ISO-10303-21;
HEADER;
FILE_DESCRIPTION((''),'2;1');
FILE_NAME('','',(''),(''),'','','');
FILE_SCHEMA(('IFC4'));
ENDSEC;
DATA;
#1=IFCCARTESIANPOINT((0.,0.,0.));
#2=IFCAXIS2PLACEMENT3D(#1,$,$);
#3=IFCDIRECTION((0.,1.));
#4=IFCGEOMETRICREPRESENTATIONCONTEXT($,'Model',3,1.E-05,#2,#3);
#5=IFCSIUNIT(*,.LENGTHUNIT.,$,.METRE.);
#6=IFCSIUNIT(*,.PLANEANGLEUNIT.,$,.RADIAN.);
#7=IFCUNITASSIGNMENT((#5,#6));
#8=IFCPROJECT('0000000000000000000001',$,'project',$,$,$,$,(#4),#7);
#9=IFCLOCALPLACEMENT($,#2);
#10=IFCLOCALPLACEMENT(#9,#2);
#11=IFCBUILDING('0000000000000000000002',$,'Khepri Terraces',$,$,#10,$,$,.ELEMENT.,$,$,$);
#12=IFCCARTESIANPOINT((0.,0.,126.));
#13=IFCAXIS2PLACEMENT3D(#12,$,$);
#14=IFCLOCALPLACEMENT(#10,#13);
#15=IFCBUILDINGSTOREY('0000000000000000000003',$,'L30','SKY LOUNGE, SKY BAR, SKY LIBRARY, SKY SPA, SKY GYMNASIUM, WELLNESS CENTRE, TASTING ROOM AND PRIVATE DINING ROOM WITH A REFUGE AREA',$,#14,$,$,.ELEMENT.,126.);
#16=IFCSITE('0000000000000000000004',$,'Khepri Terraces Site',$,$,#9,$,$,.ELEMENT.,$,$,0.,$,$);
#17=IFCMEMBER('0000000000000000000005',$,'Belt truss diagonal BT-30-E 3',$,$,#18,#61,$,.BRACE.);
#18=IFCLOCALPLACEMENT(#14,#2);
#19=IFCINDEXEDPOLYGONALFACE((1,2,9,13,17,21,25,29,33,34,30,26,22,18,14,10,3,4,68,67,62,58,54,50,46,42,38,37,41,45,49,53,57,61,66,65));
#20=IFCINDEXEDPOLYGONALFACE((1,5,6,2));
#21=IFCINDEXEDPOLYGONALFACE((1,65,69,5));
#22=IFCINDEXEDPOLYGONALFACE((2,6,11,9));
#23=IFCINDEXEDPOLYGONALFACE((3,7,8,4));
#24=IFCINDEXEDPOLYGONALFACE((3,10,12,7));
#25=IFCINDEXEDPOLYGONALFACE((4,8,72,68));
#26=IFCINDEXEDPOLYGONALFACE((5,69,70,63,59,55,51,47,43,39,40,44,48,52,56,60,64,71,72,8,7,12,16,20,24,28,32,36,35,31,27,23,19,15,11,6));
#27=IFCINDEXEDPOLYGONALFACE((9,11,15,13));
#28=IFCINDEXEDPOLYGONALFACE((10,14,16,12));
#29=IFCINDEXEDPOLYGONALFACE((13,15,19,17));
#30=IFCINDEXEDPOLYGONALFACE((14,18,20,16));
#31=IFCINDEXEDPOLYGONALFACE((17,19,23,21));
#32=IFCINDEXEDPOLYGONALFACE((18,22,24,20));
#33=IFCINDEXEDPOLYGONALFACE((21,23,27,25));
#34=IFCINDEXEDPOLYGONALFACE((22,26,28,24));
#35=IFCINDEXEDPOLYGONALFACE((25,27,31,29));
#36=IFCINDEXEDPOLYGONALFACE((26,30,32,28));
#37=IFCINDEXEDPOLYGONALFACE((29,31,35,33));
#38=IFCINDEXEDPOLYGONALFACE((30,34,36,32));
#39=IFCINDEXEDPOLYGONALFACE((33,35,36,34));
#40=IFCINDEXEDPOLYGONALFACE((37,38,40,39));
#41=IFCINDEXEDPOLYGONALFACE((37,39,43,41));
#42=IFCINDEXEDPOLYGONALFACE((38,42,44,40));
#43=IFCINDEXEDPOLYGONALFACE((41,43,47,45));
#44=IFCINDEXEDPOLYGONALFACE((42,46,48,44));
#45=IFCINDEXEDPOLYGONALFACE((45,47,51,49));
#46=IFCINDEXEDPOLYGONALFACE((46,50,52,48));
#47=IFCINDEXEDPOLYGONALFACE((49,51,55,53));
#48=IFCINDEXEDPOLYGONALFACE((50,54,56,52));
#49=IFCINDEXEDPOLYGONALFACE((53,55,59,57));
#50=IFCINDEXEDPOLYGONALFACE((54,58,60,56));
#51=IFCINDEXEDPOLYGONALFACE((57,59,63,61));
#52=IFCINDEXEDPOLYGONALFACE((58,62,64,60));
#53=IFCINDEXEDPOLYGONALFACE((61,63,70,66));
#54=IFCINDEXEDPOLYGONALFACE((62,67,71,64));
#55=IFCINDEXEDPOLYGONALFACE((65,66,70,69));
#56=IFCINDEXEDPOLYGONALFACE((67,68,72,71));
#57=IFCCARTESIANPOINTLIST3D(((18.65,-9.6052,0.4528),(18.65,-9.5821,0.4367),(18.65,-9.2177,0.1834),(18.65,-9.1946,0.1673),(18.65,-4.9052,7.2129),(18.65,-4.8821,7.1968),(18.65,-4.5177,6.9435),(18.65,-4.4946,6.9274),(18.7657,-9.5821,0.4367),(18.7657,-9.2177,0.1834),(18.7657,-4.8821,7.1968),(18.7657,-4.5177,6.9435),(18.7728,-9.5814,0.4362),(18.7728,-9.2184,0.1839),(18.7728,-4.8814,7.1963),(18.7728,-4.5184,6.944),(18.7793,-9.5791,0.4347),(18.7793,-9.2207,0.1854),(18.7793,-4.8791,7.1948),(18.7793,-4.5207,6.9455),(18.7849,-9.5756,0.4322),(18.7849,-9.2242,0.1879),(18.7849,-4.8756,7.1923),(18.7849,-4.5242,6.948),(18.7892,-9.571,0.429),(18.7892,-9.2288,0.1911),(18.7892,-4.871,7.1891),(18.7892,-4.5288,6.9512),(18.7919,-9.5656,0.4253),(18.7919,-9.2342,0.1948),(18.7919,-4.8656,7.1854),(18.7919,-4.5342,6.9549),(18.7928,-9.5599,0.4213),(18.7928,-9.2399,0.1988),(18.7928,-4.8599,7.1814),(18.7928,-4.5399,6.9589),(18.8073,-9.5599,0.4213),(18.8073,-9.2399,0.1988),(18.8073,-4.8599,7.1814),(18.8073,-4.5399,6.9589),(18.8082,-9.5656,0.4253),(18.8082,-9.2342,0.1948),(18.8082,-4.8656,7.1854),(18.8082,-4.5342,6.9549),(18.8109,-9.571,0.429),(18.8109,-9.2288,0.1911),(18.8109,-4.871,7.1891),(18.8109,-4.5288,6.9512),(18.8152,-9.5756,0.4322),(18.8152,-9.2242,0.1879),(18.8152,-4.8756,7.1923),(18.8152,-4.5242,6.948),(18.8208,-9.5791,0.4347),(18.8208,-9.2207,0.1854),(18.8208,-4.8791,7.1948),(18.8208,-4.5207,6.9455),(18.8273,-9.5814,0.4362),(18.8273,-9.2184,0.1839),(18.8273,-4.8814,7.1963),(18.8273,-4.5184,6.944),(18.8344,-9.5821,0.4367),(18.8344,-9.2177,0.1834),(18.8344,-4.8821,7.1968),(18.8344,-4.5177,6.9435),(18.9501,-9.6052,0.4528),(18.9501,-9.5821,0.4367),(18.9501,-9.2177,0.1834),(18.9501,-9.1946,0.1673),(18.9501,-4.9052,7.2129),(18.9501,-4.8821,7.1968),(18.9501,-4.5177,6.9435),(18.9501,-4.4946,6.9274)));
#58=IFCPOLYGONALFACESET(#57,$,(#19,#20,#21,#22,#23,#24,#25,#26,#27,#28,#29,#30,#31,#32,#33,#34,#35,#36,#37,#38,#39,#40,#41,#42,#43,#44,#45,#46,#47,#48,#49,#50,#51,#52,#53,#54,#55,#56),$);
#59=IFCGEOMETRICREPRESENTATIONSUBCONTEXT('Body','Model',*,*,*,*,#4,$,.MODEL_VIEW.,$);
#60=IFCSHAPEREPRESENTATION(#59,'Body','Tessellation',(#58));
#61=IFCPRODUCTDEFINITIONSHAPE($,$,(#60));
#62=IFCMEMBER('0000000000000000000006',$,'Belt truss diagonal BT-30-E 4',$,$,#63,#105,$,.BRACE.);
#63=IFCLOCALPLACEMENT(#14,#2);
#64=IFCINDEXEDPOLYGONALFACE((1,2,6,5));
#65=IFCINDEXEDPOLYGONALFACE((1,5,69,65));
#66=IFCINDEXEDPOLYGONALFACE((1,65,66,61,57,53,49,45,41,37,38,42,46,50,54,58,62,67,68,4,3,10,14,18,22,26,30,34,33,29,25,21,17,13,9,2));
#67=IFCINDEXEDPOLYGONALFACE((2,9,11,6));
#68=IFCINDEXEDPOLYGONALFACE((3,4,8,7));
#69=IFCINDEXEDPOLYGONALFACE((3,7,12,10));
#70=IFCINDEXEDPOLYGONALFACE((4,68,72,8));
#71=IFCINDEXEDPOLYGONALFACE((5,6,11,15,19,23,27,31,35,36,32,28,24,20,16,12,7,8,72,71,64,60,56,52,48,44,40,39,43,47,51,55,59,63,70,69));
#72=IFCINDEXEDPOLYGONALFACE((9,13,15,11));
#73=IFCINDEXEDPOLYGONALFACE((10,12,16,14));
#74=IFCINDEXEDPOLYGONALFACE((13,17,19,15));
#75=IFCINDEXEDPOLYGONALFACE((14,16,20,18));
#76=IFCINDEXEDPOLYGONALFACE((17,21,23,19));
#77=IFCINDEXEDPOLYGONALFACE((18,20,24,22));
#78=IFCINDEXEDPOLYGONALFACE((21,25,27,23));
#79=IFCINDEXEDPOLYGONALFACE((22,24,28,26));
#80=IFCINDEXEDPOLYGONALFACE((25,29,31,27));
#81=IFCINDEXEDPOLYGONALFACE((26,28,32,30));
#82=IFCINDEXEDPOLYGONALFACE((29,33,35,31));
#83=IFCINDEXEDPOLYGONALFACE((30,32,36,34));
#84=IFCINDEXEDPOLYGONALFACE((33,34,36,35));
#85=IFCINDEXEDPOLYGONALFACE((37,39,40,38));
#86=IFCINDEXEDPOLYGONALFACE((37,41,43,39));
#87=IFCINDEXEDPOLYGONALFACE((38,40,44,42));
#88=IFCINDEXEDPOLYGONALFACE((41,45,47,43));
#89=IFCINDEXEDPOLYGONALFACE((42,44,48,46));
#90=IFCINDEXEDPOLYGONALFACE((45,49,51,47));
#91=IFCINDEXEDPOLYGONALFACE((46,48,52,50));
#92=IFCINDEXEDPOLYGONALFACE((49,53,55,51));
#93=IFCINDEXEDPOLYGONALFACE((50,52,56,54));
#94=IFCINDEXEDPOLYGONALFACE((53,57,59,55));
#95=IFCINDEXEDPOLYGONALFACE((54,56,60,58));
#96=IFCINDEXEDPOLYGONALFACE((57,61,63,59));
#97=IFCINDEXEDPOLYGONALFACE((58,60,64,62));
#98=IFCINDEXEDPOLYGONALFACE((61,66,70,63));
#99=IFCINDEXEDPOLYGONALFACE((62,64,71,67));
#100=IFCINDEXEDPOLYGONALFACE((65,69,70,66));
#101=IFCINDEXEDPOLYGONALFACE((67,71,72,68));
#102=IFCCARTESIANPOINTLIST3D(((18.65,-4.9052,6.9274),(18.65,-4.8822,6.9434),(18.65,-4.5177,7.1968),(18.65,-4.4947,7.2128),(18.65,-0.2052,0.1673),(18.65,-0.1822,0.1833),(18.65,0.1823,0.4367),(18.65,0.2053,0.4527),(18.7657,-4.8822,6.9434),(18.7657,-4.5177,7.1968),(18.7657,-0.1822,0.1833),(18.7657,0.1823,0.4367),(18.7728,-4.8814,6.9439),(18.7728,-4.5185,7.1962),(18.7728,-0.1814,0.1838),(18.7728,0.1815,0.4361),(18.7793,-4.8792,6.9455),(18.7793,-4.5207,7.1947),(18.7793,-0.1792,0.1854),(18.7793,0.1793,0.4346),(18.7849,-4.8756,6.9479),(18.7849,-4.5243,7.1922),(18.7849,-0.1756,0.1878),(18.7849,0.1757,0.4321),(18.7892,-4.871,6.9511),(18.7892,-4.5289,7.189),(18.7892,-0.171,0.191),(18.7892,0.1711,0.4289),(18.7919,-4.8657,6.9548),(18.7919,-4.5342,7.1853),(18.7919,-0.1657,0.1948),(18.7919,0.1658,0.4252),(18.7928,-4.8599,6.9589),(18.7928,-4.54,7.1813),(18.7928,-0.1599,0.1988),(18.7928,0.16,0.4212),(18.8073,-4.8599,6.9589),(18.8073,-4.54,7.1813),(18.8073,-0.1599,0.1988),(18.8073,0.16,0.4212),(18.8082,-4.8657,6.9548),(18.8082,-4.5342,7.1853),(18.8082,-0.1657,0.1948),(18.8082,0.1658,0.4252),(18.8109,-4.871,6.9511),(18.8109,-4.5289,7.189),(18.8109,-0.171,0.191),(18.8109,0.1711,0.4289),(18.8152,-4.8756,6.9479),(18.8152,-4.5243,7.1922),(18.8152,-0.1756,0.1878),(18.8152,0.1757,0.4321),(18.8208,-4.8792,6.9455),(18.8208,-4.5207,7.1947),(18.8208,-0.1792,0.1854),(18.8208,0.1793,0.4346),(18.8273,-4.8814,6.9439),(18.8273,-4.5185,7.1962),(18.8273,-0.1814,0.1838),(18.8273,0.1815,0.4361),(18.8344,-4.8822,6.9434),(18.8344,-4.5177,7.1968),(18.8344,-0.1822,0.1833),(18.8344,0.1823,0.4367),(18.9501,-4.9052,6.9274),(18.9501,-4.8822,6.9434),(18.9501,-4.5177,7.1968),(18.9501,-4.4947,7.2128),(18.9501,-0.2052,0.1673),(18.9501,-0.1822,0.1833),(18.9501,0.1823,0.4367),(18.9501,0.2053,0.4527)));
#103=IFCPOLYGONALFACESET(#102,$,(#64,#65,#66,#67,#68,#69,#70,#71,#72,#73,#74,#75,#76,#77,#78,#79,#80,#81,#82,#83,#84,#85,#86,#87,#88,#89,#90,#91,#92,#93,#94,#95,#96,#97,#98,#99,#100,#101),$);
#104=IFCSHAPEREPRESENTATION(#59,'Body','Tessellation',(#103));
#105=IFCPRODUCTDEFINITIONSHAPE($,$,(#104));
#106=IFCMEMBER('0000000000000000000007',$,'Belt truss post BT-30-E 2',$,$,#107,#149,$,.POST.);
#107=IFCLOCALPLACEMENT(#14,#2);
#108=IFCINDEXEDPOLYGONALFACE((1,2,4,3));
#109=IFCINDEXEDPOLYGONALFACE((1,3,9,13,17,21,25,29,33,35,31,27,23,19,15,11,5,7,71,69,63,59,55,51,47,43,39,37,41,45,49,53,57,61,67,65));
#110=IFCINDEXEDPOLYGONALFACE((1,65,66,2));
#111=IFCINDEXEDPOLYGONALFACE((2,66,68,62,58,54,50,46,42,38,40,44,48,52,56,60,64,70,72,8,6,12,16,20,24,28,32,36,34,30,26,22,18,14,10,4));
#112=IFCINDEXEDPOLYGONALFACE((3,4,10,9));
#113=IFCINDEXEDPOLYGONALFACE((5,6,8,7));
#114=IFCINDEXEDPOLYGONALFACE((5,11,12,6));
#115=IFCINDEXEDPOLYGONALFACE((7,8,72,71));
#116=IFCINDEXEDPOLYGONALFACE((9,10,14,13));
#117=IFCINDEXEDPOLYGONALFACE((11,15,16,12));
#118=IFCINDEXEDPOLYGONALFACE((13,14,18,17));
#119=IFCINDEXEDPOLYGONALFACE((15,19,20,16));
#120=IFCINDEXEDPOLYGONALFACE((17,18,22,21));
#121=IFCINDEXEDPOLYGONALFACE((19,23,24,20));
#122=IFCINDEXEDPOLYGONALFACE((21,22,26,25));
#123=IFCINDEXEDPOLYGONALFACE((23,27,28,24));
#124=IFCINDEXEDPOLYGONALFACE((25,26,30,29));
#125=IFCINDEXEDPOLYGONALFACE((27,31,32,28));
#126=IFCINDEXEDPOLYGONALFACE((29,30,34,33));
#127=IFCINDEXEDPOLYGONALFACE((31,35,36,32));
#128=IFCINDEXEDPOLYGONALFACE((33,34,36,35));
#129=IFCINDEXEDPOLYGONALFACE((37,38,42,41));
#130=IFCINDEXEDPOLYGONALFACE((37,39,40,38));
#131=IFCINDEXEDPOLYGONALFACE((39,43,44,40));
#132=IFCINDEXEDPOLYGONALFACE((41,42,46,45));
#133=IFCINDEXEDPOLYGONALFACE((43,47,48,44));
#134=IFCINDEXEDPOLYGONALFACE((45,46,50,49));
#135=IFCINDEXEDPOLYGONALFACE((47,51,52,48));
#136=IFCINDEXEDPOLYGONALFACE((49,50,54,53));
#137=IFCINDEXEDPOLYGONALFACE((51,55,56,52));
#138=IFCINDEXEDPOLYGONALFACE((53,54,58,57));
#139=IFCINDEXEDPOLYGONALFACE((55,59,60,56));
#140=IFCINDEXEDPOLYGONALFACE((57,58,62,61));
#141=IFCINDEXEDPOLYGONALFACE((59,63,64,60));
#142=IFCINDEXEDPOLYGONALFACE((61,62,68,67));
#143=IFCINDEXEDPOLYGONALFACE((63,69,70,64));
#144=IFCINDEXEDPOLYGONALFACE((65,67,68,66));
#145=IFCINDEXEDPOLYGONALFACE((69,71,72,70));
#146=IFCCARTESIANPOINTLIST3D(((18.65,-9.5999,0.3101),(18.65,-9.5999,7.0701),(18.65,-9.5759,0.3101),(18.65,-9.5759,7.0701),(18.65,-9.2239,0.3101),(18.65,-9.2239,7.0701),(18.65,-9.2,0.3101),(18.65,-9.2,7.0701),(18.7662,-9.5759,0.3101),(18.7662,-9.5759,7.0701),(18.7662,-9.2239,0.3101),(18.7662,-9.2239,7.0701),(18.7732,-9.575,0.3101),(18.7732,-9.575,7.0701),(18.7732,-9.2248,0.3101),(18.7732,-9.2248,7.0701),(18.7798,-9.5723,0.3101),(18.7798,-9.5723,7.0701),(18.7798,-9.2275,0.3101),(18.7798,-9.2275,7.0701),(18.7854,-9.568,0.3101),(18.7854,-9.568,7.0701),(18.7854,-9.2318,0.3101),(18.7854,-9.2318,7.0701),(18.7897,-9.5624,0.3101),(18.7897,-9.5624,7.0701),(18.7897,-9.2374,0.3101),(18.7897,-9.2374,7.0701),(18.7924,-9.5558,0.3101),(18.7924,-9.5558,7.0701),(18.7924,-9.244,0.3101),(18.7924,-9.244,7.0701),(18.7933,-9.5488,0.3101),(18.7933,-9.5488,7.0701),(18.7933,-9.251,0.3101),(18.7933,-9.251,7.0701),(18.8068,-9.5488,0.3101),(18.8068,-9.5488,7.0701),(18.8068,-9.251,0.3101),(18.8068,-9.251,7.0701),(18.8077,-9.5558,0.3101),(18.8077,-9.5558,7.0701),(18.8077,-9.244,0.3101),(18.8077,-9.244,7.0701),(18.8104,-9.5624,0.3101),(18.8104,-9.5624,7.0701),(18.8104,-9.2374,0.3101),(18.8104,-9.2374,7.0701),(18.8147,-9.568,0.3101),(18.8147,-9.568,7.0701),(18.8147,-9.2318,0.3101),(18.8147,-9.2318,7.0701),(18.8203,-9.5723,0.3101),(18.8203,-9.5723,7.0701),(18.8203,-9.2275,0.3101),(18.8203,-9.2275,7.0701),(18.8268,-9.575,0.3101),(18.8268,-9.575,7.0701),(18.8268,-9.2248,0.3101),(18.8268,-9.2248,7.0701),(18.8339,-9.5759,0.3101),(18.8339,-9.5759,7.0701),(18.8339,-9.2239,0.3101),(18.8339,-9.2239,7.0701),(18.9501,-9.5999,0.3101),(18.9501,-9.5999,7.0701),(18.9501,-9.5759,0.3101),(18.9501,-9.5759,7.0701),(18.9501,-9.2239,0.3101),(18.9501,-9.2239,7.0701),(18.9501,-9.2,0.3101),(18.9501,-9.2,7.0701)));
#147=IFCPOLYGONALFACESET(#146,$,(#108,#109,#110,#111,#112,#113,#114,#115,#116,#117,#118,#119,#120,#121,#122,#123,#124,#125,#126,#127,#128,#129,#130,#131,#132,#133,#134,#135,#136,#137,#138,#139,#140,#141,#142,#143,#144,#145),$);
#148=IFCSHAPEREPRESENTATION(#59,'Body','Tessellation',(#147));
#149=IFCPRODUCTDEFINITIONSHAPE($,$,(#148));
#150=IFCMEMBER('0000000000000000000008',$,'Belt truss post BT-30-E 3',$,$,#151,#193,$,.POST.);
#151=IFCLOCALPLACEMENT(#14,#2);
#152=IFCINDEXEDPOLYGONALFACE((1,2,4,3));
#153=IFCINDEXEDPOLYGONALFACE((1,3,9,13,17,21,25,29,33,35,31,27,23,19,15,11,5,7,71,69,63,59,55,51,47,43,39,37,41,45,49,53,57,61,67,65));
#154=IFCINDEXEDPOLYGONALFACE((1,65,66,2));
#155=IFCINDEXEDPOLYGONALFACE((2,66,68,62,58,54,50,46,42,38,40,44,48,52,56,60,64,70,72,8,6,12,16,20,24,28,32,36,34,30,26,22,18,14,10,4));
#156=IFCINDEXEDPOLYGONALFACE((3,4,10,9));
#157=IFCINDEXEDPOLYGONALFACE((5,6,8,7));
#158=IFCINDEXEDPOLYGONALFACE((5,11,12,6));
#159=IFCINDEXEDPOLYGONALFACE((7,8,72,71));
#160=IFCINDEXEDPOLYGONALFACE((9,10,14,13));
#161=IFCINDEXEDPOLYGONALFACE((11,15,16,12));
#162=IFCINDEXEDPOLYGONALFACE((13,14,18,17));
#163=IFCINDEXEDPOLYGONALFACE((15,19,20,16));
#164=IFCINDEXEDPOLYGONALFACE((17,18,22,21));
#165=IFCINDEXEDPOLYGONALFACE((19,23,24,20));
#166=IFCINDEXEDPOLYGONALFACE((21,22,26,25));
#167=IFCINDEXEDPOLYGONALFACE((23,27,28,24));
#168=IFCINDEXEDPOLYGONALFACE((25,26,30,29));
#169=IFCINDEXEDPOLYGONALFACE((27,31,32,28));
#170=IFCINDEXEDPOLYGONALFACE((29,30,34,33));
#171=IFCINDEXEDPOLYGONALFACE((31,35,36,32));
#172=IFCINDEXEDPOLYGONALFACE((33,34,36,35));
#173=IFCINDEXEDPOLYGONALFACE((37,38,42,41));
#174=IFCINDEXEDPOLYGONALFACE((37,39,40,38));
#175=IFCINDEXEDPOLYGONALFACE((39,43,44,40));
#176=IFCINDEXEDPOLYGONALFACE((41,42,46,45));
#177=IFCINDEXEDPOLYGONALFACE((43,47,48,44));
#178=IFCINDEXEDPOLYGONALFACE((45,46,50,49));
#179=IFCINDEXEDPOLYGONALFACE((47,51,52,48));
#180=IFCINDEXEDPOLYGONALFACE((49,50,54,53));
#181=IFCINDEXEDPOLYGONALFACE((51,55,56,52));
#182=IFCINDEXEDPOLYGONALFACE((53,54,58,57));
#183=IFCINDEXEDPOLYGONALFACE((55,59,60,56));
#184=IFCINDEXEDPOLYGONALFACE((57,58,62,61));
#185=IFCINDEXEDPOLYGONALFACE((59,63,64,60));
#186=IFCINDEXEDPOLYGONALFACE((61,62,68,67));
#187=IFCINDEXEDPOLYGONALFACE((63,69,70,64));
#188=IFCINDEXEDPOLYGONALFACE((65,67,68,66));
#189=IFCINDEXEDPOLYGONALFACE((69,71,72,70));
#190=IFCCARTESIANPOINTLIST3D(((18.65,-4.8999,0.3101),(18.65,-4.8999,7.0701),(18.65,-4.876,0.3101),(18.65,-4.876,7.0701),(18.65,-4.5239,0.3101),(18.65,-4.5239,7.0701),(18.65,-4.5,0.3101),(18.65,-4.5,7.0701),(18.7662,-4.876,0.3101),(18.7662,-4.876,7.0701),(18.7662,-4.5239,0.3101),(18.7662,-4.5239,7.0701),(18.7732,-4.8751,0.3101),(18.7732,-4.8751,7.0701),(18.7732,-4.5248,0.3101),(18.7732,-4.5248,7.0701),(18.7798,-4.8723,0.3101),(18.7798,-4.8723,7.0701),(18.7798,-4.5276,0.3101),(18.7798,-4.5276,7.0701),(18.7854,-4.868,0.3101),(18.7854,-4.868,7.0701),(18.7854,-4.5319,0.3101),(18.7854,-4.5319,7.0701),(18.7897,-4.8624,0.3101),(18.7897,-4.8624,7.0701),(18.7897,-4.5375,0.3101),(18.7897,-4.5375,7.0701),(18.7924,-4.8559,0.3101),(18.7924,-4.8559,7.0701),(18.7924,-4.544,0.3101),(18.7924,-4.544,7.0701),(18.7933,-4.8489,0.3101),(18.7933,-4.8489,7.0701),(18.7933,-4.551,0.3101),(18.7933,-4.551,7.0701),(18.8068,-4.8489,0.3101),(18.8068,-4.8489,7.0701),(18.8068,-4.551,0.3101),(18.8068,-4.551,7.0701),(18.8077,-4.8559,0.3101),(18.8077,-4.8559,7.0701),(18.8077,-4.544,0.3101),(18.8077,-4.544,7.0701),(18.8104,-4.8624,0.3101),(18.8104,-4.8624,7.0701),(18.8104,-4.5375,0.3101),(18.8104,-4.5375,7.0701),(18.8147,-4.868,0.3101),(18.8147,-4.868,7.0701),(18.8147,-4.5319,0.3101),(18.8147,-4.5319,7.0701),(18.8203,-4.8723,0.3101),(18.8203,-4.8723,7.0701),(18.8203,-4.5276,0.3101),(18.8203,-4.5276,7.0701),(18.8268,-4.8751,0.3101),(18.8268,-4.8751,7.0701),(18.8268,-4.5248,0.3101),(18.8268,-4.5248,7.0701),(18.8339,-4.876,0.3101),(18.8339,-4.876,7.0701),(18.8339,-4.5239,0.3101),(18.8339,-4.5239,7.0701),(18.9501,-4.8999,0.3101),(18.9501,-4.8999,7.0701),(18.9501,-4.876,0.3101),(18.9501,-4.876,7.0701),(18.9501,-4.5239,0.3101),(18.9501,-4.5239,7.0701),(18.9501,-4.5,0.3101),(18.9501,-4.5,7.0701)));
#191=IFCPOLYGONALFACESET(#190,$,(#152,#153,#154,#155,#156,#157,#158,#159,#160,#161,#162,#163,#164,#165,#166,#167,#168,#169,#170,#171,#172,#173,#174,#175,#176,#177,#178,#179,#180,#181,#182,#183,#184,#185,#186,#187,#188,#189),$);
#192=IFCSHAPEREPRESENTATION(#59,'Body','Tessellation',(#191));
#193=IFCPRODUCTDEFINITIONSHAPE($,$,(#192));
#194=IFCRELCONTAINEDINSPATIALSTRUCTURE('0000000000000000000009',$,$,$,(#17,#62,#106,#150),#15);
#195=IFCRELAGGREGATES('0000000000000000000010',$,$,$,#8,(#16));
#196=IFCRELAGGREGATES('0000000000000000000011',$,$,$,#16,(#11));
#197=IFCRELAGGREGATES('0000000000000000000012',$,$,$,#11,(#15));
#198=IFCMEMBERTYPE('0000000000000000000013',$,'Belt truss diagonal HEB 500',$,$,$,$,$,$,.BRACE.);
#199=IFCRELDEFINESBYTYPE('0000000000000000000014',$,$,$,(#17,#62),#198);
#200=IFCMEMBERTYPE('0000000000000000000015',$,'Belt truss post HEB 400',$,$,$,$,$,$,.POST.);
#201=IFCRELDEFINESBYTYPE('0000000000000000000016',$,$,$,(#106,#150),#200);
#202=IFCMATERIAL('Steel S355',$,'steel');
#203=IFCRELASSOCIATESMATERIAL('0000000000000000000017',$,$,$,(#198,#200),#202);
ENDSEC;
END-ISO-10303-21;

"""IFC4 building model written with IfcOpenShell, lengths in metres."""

from ifc_helpers import new_model, si_unit, direction, frame, origin, origin_2d, place, context, subcontext, project, spatial, i_section, extrude, material, material_profile, profile_set, type_object, element, save


model = new_model("IFC4")

# Units and contexts
model_context = context("Model", 3, precision=1e-05, world=origin(), true_north=direction((0.0, 1.0)))
body_context = subcontext(model_context, "Body", "Model", "MODEL_VIEW")
ifc_project = project(units=[si_unit("LENGTHUNIT", "METRE"), si_unit("PLANEANGLEUNIT", "RADIAN")], contexts=[model_context])

# Site, building, storey
site_placement = place(None, origin())
site = spatial("IfcSite", under=ifc_project, at=site_placement, Name="Khepri Terraces Site", CompositionType="ELEMENT", RefElevation=0.0)
building_placement = place(site_placement, origin())
building = spatial("IfcBuilding", under=site, at=building_placement, Name="Khepri Terraces", CompositionType="ELEMENT")
storey_placement = place(building_placement, frame((0.0, 0.0, 126.0)))
storey = spatial("IfcBuildingStorey", under=building, at=storey_placement, Name="L30", Description="SKY LOUNGE, SKY BAR, SKY LIBRARY, SKY SPA, SKY GYMNASIUM, WELLNESS CENTRE, TASTING ROOM AND PRIVATE DINING ROOM WITH A REFUGE AREA", CompositionType="ELEMENT", Elevation=126.0)

# Members
ifc_material_1 = material(Name="Steel S355", Category="steel")
ifc_material_profile_1 = material_profile(ifc_material_1, i_section(OverallWidth=0.3, OverallDepth=0.5, WebThickness=0.0144, FlangeThickness=0.0281, FilletRadius=0.0271, at=origin_2d()), Name="Steel S355", Category="steel")
ifc_profile_set_1 = profile_set([ifc_material_profile_1], Name="Steel S355")
member_type_1 = type_object("IfcMemberType", Name="Belt truss diagonal HEB 500", PredefinedType="BRACE", material=ifc_profile_set_1)
for number, where, z_axis, x_axis, name in (
    (1, (18.8, -9.3999, 0.3101), (0.0, 0.570846, 0.821057), (-1.0, 0.0, 0.0), "Belt truss diagonal BT-30-E 3"),
    (2, (18.8, -4.7, 7.0701), (0.0, 0.570846, -0.821057), (-1.0, 0.0, 0.0), "Belt truss diagonal BT-30-E 4"),
):
    element("IfcMember", number, at=place(storey_placement, frame(where, z_axis=z_axis, x_axis=x_axis)), inside=storey, type_object=member_type_1, Name=name, PredefinedType="BRACE", context=body_context, shape_type="SweptSolid", body=[
        extrude(i_section(OverallWidth=0.3, OverallDepth=0.5, WebThickness=0.0144, FlangeThickness=0.0281, FilletRadius=0.0271, at=origin_2d()), origin(), (0.0, 0.0, 1.0), 8.2334),
    ])
ifc_material_profile_2 = material_profile(ifc_material_1, i_section(OverallWidth=0.3, OverallDepth=0.3999, WebThickness=0.0134, FlangeThickness=0.0239, FilletRadius=0.0271, at=origin_2d()), Name="Steel S355", Category="steel")
ifc_profile_set_2 = profile_set([ifc_material_profile_2], Name="Steel S355")
member_type_2 = type_object("IfcMemberType", Name="Belt truss post HEB 400", PredefinedType="POST", material=ifc_profile_set_2)
for number, where, z_axis, x_axis, name in (
    (3, (18.8, -9.3999, 0.3101), (0.0, 0.0, 1.0), (1.0, 0.0, 0.0), "Belt truss post BT-30-E 2"),
    (4, (18.8, -4.7, 0.3101), (0.0, 0.0, 1.0), (1.0, 0.0, 0.0), "Belt truss post BT-30-E 3"),
):
    element("IfcMember", number, at=place(storey_placement, frame(where, z_axis=z_axis, x_axis=x_axis)), inside=storey, type_object=member_type_2, Name=name, PredefinedType="POST", context=body_context, shape_type="SweptSolid", body=[
        extrude(i_section(OverallWidth=0.3, OverallDepth=0.3999, WebThickness=0.0134, FlangeThickness=0.0239, FilletRadius=0.0271, at=origin_2d()), origin(), (0.0, 0.0, 1.0), 6.76),
    ])

save(model, "model.ifc")
